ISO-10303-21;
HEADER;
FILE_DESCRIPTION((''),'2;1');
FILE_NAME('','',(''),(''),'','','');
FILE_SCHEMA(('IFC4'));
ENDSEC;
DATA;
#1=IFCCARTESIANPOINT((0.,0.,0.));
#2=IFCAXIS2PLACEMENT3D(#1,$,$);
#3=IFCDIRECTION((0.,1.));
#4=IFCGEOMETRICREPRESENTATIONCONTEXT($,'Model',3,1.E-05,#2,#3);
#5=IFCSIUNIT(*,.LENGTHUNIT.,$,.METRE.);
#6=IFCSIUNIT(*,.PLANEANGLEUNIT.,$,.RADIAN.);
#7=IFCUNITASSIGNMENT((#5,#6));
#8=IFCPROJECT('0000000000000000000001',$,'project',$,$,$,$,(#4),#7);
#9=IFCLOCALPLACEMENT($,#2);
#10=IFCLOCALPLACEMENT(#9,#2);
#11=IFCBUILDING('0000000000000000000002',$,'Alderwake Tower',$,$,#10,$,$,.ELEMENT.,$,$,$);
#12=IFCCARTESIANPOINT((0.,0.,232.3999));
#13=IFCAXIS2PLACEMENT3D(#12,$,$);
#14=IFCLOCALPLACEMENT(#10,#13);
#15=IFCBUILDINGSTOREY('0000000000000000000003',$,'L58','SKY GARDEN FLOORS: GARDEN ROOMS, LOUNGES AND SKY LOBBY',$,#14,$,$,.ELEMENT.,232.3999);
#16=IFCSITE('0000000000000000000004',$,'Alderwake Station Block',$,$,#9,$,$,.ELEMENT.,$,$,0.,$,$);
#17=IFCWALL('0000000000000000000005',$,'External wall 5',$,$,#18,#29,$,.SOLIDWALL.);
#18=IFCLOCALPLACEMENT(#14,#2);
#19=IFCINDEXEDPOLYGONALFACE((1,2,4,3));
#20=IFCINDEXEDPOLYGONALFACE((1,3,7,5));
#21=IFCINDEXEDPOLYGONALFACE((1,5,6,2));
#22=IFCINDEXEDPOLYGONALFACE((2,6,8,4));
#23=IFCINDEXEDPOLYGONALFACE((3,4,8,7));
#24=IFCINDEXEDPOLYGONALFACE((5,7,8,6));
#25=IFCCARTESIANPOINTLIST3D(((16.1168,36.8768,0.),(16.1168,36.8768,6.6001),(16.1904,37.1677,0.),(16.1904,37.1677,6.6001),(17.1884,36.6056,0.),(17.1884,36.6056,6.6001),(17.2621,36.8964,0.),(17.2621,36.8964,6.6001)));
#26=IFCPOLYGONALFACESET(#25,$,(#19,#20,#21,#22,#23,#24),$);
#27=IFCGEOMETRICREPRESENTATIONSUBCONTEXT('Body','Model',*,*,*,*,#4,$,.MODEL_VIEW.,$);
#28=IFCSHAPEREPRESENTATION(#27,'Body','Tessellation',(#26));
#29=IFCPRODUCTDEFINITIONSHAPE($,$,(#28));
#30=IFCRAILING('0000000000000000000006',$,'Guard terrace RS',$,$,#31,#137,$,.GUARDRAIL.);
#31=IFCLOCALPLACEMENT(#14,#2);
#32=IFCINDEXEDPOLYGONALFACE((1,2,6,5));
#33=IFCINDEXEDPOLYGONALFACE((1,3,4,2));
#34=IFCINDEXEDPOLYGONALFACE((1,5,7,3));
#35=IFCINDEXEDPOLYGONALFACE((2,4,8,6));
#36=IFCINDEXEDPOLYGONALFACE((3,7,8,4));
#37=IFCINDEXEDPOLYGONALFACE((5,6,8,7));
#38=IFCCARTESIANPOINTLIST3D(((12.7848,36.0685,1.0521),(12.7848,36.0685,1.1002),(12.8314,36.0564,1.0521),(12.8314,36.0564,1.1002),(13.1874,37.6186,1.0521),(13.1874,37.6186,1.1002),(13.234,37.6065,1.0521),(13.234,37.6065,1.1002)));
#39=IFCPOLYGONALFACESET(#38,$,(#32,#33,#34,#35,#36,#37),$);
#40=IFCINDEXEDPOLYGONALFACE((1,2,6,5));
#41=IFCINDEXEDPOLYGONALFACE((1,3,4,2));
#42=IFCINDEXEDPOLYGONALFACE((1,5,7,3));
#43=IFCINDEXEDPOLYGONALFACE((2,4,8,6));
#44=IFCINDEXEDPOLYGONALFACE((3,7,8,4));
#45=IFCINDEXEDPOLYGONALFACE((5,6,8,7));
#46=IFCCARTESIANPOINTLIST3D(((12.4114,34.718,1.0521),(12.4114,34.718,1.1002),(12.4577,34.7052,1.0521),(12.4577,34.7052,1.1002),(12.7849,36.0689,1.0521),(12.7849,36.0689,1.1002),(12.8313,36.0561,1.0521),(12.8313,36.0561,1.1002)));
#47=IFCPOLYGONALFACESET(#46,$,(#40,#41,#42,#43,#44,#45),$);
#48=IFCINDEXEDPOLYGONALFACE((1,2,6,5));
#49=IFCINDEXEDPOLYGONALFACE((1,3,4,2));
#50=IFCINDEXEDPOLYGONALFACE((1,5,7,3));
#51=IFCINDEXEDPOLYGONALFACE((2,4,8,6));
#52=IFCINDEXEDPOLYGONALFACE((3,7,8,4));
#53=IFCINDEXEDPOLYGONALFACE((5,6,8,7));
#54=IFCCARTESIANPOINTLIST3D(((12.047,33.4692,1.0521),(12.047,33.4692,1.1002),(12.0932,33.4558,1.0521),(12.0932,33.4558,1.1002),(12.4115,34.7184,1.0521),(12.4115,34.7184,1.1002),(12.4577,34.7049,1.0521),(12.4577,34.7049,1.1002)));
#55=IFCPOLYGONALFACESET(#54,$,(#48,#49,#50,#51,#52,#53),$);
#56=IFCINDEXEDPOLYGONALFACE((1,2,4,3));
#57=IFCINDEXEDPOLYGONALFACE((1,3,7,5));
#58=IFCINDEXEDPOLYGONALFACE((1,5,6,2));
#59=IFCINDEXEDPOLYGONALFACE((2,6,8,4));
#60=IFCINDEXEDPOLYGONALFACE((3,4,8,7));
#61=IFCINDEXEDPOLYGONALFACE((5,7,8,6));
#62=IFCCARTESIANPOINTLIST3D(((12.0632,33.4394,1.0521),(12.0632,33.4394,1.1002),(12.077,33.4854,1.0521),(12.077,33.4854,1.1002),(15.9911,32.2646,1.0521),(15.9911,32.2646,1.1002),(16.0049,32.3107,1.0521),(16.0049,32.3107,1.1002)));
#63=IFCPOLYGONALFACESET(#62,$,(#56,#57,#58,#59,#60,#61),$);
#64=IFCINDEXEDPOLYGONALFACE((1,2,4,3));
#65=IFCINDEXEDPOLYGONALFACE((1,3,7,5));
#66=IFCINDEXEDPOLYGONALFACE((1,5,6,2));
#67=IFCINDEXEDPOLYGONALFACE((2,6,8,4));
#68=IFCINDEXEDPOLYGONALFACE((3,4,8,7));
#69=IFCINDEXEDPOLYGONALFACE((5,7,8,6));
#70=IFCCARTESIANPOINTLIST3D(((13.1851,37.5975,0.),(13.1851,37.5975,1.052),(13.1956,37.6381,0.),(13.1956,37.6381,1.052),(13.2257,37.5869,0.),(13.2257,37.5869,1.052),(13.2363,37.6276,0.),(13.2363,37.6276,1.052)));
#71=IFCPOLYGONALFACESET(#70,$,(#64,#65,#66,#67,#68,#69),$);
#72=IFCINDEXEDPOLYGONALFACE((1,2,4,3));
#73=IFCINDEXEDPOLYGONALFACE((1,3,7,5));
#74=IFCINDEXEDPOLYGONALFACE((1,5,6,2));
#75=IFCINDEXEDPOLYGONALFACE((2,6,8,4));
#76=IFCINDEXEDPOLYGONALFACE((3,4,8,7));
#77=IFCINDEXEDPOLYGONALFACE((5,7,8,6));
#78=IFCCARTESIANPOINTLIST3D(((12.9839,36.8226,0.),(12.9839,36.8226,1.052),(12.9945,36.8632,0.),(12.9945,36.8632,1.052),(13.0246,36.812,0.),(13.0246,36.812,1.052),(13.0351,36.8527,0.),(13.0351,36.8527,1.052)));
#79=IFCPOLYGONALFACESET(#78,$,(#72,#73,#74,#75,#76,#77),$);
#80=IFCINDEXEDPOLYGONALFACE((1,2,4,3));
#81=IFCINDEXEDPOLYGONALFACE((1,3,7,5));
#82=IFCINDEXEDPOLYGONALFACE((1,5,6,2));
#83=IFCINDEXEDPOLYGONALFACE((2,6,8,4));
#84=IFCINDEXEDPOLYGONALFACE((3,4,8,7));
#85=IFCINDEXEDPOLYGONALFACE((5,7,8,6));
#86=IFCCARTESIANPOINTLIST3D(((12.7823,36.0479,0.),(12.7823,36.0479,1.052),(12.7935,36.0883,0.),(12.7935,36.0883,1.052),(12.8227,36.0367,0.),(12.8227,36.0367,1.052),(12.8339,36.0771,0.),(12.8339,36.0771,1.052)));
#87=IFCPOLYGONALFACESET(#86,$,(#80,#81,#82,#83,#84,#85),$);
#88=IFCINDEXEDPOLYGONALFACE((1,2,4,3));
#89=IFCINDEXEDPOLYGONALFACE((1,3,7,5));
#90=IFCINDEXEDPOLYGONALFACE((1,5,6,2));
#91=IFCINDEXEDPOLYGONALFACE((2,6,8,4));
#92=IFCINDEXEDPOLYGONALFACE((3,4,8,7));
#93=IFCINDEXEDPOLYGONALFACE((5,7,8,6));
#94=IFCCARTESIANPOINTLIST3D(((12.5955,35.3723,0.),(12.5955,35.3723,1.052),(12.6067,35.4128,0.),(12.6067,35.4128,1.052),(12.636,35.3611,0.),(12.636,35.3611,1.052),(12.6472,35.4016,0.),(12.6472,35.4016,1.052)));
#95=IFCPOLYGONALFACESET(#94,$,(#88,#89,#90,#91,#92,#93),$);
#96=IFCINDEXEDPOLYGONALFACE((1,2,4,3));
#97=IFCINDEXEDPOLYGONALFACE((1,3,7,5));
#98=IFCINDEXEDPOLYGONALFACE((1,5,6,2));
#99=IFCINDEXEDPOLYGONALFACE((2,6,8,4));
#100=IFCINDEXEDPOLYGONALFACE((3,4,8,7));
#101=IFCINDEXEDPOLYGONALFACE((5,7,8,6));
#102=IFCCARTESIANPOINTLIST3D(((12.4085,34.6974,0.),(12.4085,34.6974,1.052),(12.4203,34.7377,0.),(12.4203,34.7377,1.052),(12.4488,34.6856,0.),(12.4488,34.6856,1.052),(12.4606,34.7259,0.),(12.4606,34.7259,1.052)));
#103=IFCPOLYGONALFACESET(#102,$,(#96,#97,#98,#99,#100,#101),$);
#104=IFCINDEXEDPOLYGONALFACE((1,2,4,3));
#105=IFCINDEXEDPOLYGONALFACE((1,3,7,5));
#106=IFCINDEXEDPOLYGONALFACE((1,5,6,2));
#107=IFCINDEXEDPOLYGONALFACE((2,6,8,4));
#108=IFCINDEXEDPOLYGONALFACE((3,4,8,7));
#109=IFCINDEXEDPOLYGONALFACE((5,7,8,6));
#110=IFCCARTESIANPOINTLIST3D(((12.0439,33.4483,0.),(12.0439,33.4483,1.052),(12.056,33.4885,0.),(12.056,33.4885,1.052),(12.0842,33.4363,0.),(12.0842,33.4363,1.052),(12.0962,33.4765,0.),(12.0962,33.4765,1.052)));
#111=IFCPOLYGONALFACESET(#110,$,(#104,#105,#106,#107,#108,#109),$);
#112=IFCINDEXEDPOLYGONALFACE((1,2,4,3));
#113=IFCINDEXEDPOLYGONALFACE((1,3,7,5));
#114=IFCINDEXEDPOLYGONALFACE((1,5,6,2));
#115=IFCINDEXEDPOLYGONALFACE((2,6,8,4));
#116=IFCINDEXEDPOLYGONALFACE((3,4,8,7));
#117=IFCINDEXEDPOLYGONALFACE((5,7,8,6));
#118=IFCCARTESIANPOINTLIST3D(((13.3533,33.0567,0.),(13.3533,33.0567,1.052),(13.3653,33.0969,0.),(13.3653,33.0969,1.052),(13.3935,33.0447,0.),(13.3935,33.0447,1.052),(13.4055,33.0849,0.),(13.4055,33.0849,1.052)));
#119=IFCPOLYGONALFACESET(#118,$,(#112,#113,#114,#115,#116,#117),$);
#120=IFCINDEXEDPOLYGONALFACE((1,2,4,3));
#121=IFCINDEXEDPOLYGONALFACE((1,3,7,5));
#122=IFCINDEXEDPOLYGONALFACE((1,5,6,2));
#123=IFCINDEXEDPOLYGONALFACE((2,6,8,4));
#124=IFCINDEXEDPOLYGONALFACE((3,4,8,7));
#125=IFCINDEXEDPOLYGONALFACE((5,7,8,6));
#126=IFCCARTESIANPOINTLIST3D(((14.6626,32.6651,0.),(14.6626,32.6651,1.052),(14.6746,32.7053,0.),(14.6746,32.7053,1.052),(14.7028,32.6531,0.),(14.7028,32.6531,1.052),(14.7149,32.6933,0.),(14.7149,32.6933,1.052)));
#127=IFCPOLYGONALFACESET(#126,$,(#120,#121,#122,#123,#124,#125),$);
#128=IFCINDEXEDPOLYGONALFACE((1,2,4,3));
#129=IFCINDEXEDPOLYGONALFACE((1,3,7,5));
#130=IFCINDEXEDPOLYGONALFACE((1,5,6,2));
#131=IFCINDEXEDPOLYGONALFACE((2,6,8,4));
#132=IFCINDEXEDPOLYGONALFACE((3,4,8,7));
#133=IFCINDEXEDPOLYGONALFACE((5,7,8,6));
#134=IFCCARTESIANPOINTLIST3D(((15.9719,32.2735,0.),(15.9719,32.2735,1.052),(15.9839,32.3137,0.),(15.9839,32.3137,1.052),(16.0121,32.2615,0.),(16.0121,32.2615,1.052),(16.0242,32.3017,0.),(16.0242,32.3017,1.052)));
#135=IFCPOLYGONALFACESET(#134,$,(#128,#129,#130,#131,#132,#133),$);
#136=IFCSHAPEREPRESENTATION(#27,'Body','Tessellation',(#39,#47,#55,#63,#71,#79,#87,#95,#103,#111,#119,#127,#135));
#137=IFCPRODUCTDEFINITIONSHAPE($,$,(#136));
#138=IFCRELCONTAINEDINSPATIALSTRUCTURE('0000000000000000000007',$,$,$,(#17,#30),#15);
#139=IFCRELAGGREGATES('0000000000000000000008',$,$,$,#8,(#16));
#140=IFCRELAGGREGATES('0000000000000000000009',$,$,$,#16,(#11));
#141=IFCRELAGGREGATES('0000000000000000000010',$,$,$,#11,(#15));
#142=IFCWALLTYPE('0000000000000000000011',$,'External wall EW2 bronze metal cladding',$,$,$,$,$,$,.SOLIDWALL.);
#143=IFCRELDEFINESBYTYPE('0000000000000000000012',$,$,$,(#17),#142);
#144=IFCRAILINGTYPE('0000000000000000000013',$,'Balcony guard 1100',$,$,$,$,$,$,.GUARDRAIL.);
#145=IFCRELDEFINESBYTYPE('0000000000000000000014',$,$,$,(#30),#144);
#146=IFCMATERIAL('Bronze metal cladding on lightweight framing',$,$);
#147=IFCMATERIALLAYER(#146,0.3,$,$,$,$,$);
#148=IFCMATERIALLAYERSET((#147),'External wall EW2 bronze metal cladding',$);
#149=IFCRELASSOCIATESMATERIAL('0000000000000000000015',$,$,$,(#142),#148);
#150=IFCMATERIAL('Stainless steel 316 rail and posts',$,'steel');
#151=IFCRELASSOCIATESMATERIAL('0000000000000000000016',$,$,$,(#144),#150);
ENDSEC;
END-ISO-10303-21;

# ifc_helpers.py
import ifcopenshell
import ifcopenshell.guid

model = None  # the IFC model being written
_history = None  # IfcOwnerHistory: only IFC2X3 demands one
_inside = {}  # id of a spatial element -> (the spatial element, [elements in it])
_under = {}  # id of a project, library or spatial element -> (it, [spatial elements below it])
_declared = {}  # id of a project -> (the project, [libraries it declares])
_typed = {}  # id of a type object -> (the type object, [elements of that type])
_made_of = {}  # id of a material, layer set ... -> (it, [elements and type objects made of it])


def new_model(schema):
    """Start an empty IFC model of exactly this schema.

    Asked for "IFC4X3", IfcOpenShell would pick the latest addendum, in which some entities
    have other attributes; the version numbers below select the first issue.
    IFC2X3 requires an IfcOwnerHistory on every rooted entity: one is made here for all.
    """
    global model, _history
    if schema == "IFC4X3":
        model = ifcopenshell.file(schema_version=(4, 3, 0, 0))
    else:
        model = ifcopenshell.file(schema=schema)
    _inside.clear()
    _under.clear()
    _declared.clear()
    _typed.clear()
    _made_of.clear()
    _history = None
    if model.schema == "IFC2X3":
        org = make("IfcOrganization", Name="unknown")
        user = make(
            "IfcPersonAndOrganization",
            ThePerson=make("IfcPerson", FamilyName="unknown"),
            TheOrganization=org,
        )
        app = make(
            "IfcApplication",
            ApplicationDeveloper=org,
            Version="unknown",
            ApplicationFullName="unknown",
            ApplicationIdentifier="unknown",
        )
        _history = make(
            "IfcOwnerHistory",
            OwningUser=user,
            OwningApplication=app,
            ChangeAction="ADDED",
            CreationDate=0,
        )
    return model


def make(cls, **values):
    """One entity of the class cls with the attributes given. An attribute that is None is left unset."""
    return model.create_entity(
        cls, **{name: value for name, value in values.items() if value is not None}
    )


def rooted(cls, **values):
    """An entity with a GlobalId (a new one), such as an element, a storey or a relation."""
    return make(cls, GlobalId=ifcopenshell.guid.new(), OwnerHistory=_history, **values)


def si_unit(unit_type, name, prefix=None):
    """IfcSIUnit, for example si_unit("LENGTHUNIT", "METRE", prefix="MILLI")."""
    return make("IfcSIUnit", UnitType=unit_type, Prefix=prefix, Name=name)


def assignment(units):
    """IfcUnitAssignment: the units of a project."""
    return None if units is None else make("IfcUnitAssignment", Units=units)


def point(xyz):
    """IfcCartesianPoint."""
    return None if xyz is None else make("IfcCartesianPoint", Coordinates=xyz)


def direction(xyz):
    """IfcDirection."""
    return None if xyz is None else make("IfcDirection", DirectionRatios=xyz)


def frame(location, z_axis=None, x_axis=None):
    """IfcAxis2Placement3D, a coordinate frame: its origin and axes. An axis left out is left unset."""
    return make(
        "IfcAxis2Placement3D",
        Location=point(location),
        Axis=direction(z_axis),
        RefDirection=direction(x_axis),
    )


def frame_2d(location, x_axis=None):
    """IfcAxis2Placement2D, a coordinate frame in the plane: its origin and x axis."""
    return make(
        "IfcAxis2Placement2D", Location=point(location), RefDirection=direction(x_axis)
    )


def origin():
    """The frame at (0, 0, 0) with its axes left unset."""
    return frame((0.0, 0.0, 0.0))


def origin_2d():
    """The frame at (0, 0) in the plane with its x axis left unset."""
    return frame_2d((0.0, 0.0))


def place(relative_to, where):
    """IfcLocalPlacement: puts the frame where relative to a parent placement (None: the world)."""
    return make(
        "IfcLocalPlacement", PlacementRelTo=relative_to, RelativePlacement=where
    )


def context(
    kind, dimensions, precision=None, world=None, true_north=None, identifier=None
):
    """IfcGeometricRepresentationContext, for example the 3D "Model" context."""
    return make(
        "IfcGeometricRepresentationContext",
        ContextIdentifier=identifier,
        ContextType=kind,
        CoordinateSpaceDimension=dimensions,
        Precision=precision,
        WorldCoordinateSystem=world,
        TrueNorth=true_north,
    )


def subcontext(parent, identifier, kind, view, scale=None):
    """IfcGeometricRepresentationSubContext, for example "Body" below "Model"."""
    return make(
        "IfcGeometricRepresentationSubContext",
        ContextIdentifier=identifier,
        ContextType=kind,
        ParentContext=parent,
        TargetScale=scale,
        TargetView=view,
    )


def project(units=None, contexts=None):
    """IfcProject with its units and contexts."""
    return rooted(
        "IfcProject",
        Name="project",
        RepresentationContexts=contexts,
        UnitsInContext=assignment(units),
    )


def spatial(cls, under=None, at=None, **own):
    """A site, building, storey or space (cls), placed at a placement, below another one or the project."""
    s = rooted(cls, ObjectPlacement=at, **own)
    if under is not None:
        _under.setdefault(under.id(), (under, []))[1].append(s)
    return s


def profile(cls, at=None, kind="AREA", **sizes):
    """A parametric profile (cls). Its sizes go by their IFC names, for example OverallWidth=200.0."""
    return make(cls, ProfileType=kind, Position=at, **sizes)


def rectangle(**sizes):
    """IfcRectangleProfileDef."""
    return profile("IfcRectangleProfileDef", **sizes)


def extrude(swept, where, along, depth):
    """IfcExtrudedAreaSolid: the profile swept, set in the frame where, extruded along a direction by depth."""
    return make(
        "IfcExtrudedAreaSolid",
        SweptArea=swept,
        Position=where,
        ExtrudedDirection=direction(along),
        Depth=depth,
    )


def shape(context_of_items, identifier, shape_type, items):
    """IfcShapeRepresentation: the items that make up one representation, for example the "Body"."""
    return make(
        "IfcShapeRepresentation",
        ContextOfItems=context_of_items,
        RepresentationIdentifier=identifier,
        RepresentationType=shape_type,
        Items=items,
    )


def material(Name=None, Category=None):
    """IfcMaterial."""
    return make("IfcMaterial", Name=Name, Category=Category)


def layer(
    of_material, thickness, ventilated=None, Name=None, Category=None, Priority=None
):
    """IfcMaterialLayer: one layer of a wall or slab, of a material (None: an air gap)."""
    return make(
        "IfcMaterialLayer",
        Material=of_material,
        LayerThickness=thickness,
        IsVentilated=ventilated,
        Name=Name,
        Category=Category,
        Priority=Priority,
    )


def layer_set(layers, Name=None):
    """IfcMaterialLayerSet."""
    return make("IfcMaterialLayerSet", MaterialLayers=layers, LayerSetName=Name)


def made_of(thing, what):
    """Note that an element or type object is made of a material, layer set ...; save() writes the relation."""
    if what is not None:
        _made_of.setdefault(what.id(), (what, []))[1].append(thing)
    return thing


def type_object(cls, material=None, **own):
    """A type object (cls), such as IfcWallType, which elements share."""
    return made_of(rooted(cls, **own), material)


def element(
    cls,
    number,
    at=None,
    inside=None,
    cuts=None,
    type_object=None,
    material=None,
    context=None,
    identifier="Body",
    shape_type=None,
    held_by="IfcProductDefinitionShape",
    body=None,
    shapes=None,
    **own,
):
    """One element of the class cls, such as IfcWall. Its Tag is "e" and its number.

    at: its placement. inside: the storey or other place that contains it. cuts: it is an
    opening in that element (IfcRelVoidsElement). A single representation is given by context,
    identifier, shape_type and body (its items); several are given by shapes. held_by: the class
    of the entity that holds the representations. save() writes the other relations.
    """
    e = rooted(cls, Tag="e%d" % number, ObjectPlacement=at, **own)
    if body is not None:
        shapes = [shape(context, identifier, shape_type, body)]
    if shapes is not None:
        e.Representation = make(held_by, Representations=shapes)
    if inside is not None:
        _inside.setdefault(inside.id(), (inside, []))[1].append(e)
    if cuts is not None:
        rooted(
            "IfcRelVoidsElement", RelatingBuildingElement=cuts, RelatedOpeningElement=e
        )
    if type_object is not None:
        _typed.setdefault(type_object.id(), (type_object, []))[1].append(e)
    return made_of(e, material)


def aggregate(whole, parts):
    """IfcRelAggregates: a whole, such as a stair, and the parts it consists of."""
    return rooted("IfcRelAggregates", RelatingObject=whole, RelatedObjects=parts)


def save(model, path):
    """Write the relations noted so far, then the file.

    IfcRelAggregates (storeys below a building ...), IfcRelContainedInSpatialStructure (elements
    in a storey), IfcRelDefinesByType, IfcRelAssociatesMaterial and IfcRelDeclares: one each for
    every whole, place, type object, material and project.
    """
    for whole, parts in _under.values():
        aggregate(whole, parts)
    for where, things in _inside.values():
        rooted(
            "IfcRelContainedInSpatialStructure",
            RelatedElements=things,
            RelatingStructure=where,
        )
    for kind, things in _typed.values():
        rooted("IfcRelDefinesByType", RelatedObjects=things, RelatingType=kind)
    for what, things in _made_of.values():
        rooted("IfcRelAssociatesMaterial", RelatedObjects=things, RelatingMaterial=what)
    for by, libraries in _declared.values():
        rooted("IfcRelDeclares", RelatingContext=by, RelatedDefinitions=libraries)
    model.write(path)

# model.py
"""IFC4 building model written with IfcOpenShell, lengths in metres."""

from ifc_helpers import new_model, si_unit, direction, frame, frame_2d, origin, origin_2d, place, context, subcontext, project, spatial, rectangle, extrude, material, layer, layer_set, type_object, element, save


model = new_model("IFC4")

# Units and contexts
model_context = context("Model", 3, precision=1e-05, world=origin(), true_north=direction((0.0, 1.0)))
body_context = subcontext(model_context, "Body", "Model", "MODEL_VIEW")
ifc_project = project(units=[si_unit("LENGTHUNIT", "METRE"), si_unit("PLANEANGLEUNIT", "RADIAN")], contexts=[model_context])

# Site, building, storey
site_placement = place(None, origin())
site = spatial("IfcSite", under=ifc_project, at=site_placement, Name="Alderwake Station Block", CompositionType="ELEMENT", RefElevation=0.0)
building_placement = place(site_placement, origin())
building = spatial("IfcBuilding", under=site, at=building_placement, Name="Alderwake Tower", CompositionType="ELEMENT")
storey_placement = place(building_placement, frame((0.0, 0.0, 232.3999)))
storey = spatial("IfcBuildingStorey", under=building, at=storey_placement, Name="L58", Description="SKY GARDEN FLOORS: GARDEN ROOMS, LOUNGES AND SKY LOBBY", CompositionType="ELEMENT", Elevation=232.3999)

# Wall
ifc_material_1 = material(Name="Bronze metal cladding on lightweight framing")
ifc_layer_1 = layer(ifc_material_1, 0.3)
ifc_layer_set_1 = layer_set([ifc_layer_1], Name="External wall EW2 bronze metal cladding")
wall_type = type_object("IfcWallType", Name="External wall EW2 bronze metal cladding", PredefinedType="SOLIDWALL", material=ifc_layer_set_1)
wall_placement = place(storey_placement, frame((16.1536, 37.0222, 0.0), z_axis=(0.0, 0.0, 1.0), x_axis=(0.969437, -0.24534, 0.0)))
element("IfcWall", 1, at=wall_placement, inside=storey, type_object=wall_type, Name="External wall 5", PredefinedType="SOLIDWALL", context=body_context, shape_type="SweptSolid", body=[
    extrude(rectangle(XDim=1.1055, YDim=0.3, at=frame_2d((0.5527, 0.0))), origin(), (0.0, 0.0, 1.0), 6.6001),
])

# Railing
ifc_material_2 = material(Name="Stainless steel 316 rail and posts", Category="steel")
railing_type = type_object("IfcRailingType", Name="Balcony guard 1100", PredefinedType="GUARDRAIL", material=ifc_material_2)
railing_1_placement = place(storey_placement, frame((13.2107, 37.6125, 0.0)))
element("IfcRailing", 2, at=railing_1_placement, inside=storey, type_object=railing_type, Name="Guard terrace RS", PredefinedType="GUARDRAIL", context=body_context, shape_type="SweptSolid", body=[
    extrude(rectangle(XDim=0.0481, YDim=0.0481, at=origin_2d()), frame((0.0, 0.0, 1.0762), z_axis=(-0.251385, -0.967887, 0.0), x_axis=(0.967887, -0.251385, 0.0)), (0.0, 0.0, 1.0), 1.6016),
    extrude(rectangle(XDim=0.0481, YDim=0.0481, at=origin_2d()), frame((-0.4026, -1.55, 1.0762), z_axis=(-0.266521, -0.963829, 0.0), x_axis=(0.963829, -0.266521, 0.0)), (0.0, 0.0, 1.0), 1.4016),
    extrude(rectangle(XDim=0.0481, YDim=0.0481, at=origin_2d()), frame((-0.7761, -2.9009, 1.0762), z_axis=(-0.280094, -0.959973, 0.0), x_axis=(0.959973, -0.280094, 0.0)), (0.0, 0.0, 1.0), 1.3013),
    extrude(rectangle(XDim=0.0481, YDim=0.0481, at=origin_2d()), frame((-1.1406, -4.1501, 1.0762), z_axis=(0.958067, -0.286545, 0.0), x_axis=(0.286545, 0.958067, 0.0)), (0.0, 0.0, 1.0), 4.0999),
    extrude(rectangle(XDim=0.042, YDim=0.042, at=origin_2d()), frame((0.0, 0.0, 0.0), z_axis=(0.0, 0.0, 1.0), x_axis=(-0.251385, -0.967887, 0.0)), (0.0, 0.0, 1.0), 1.052),
    extrude(rectangle(XDim=0.042, YDim=0.042, at=origin_2d()), frame((-0.2012, -0.7749, 0.0), z_axis=(0.0, 0.0, 1.0), x_axis=(-0.251385, -0.967887, 0.0)), (0.0, 0.0, 1.0), 1.052),
    extrude(rectangle(XDim=0.042, YDim=0.042, at=origin_2d()), frame((-0.4026, -1.55, 0.0), z_axis=(0.0, 0.0, 1.0), x_axis=(-0.266521, -0.963829, 0.0)), (0.0, 0.0, 1.0), 1.052),
    extrude(rectangle(XDim=0.042, YDim=0.042, at=origin_2d()), frame((-0.5894, -2.2256, 0.0), z_axis=(0.0, 0.0, 1.0), x_axis=(-0.266521, -0.963829, 0.0)), (0.0, 0.0, 1.0), 1.052),
    extrude(rectangle(XDim=0.042, YDim=0.042, at=origin_2d()), frame((-0.7761, -2.9009, 0.0), z_axis=(0.0, 0.0, 1.0), x_axis=(-0.280094, -0.959973, 0.0)), (0.0, 0.0, 1.0), 1.052),
    extrude(rectangle(XDim=0.042, YDim=0.042, at=origin_2d()), frame((-1.1406, -4.1501, 0.0), z_axis=(0.0, 0.0, 1.0), x_axis=(0.958067, -0.286545, 0.0)), (0.0, 0.0, 1.0), 1.052),
    extrude(rectangle(XDim=0.042, YDim=0.042, at=origin_2d()), frame((0.1687, -4.5417, 0.0), z_axis=(0.0, 0.0, 1.0), x_axis=(0.958067, -0.286545, 0.0)), (0.0, 0.0, 1.0), 1.052),
    extrude(rectangle(XDim=0.042, YDim=0.042, at=origin_2d()), frame((1.478, -4.9333, 0.0), z_axis=(0.0, 0.0, 1.0), x_axis=(0.958067, -0.286545, 0.0)), (0.0, 0.0, 1.0), 1.052),
    extrude(rectangle(XDim=0.042, YDim=0.042, at=origin_2d()), frame((2.7874, -5.325, 0.0), z_axis=(0.0, 0.0, 1.0), x_axis=(0.958067, -0.286545, 0.0)), (0.0, 0.0, 1.0), 1.052),
])

save(model, "model.ifc")
